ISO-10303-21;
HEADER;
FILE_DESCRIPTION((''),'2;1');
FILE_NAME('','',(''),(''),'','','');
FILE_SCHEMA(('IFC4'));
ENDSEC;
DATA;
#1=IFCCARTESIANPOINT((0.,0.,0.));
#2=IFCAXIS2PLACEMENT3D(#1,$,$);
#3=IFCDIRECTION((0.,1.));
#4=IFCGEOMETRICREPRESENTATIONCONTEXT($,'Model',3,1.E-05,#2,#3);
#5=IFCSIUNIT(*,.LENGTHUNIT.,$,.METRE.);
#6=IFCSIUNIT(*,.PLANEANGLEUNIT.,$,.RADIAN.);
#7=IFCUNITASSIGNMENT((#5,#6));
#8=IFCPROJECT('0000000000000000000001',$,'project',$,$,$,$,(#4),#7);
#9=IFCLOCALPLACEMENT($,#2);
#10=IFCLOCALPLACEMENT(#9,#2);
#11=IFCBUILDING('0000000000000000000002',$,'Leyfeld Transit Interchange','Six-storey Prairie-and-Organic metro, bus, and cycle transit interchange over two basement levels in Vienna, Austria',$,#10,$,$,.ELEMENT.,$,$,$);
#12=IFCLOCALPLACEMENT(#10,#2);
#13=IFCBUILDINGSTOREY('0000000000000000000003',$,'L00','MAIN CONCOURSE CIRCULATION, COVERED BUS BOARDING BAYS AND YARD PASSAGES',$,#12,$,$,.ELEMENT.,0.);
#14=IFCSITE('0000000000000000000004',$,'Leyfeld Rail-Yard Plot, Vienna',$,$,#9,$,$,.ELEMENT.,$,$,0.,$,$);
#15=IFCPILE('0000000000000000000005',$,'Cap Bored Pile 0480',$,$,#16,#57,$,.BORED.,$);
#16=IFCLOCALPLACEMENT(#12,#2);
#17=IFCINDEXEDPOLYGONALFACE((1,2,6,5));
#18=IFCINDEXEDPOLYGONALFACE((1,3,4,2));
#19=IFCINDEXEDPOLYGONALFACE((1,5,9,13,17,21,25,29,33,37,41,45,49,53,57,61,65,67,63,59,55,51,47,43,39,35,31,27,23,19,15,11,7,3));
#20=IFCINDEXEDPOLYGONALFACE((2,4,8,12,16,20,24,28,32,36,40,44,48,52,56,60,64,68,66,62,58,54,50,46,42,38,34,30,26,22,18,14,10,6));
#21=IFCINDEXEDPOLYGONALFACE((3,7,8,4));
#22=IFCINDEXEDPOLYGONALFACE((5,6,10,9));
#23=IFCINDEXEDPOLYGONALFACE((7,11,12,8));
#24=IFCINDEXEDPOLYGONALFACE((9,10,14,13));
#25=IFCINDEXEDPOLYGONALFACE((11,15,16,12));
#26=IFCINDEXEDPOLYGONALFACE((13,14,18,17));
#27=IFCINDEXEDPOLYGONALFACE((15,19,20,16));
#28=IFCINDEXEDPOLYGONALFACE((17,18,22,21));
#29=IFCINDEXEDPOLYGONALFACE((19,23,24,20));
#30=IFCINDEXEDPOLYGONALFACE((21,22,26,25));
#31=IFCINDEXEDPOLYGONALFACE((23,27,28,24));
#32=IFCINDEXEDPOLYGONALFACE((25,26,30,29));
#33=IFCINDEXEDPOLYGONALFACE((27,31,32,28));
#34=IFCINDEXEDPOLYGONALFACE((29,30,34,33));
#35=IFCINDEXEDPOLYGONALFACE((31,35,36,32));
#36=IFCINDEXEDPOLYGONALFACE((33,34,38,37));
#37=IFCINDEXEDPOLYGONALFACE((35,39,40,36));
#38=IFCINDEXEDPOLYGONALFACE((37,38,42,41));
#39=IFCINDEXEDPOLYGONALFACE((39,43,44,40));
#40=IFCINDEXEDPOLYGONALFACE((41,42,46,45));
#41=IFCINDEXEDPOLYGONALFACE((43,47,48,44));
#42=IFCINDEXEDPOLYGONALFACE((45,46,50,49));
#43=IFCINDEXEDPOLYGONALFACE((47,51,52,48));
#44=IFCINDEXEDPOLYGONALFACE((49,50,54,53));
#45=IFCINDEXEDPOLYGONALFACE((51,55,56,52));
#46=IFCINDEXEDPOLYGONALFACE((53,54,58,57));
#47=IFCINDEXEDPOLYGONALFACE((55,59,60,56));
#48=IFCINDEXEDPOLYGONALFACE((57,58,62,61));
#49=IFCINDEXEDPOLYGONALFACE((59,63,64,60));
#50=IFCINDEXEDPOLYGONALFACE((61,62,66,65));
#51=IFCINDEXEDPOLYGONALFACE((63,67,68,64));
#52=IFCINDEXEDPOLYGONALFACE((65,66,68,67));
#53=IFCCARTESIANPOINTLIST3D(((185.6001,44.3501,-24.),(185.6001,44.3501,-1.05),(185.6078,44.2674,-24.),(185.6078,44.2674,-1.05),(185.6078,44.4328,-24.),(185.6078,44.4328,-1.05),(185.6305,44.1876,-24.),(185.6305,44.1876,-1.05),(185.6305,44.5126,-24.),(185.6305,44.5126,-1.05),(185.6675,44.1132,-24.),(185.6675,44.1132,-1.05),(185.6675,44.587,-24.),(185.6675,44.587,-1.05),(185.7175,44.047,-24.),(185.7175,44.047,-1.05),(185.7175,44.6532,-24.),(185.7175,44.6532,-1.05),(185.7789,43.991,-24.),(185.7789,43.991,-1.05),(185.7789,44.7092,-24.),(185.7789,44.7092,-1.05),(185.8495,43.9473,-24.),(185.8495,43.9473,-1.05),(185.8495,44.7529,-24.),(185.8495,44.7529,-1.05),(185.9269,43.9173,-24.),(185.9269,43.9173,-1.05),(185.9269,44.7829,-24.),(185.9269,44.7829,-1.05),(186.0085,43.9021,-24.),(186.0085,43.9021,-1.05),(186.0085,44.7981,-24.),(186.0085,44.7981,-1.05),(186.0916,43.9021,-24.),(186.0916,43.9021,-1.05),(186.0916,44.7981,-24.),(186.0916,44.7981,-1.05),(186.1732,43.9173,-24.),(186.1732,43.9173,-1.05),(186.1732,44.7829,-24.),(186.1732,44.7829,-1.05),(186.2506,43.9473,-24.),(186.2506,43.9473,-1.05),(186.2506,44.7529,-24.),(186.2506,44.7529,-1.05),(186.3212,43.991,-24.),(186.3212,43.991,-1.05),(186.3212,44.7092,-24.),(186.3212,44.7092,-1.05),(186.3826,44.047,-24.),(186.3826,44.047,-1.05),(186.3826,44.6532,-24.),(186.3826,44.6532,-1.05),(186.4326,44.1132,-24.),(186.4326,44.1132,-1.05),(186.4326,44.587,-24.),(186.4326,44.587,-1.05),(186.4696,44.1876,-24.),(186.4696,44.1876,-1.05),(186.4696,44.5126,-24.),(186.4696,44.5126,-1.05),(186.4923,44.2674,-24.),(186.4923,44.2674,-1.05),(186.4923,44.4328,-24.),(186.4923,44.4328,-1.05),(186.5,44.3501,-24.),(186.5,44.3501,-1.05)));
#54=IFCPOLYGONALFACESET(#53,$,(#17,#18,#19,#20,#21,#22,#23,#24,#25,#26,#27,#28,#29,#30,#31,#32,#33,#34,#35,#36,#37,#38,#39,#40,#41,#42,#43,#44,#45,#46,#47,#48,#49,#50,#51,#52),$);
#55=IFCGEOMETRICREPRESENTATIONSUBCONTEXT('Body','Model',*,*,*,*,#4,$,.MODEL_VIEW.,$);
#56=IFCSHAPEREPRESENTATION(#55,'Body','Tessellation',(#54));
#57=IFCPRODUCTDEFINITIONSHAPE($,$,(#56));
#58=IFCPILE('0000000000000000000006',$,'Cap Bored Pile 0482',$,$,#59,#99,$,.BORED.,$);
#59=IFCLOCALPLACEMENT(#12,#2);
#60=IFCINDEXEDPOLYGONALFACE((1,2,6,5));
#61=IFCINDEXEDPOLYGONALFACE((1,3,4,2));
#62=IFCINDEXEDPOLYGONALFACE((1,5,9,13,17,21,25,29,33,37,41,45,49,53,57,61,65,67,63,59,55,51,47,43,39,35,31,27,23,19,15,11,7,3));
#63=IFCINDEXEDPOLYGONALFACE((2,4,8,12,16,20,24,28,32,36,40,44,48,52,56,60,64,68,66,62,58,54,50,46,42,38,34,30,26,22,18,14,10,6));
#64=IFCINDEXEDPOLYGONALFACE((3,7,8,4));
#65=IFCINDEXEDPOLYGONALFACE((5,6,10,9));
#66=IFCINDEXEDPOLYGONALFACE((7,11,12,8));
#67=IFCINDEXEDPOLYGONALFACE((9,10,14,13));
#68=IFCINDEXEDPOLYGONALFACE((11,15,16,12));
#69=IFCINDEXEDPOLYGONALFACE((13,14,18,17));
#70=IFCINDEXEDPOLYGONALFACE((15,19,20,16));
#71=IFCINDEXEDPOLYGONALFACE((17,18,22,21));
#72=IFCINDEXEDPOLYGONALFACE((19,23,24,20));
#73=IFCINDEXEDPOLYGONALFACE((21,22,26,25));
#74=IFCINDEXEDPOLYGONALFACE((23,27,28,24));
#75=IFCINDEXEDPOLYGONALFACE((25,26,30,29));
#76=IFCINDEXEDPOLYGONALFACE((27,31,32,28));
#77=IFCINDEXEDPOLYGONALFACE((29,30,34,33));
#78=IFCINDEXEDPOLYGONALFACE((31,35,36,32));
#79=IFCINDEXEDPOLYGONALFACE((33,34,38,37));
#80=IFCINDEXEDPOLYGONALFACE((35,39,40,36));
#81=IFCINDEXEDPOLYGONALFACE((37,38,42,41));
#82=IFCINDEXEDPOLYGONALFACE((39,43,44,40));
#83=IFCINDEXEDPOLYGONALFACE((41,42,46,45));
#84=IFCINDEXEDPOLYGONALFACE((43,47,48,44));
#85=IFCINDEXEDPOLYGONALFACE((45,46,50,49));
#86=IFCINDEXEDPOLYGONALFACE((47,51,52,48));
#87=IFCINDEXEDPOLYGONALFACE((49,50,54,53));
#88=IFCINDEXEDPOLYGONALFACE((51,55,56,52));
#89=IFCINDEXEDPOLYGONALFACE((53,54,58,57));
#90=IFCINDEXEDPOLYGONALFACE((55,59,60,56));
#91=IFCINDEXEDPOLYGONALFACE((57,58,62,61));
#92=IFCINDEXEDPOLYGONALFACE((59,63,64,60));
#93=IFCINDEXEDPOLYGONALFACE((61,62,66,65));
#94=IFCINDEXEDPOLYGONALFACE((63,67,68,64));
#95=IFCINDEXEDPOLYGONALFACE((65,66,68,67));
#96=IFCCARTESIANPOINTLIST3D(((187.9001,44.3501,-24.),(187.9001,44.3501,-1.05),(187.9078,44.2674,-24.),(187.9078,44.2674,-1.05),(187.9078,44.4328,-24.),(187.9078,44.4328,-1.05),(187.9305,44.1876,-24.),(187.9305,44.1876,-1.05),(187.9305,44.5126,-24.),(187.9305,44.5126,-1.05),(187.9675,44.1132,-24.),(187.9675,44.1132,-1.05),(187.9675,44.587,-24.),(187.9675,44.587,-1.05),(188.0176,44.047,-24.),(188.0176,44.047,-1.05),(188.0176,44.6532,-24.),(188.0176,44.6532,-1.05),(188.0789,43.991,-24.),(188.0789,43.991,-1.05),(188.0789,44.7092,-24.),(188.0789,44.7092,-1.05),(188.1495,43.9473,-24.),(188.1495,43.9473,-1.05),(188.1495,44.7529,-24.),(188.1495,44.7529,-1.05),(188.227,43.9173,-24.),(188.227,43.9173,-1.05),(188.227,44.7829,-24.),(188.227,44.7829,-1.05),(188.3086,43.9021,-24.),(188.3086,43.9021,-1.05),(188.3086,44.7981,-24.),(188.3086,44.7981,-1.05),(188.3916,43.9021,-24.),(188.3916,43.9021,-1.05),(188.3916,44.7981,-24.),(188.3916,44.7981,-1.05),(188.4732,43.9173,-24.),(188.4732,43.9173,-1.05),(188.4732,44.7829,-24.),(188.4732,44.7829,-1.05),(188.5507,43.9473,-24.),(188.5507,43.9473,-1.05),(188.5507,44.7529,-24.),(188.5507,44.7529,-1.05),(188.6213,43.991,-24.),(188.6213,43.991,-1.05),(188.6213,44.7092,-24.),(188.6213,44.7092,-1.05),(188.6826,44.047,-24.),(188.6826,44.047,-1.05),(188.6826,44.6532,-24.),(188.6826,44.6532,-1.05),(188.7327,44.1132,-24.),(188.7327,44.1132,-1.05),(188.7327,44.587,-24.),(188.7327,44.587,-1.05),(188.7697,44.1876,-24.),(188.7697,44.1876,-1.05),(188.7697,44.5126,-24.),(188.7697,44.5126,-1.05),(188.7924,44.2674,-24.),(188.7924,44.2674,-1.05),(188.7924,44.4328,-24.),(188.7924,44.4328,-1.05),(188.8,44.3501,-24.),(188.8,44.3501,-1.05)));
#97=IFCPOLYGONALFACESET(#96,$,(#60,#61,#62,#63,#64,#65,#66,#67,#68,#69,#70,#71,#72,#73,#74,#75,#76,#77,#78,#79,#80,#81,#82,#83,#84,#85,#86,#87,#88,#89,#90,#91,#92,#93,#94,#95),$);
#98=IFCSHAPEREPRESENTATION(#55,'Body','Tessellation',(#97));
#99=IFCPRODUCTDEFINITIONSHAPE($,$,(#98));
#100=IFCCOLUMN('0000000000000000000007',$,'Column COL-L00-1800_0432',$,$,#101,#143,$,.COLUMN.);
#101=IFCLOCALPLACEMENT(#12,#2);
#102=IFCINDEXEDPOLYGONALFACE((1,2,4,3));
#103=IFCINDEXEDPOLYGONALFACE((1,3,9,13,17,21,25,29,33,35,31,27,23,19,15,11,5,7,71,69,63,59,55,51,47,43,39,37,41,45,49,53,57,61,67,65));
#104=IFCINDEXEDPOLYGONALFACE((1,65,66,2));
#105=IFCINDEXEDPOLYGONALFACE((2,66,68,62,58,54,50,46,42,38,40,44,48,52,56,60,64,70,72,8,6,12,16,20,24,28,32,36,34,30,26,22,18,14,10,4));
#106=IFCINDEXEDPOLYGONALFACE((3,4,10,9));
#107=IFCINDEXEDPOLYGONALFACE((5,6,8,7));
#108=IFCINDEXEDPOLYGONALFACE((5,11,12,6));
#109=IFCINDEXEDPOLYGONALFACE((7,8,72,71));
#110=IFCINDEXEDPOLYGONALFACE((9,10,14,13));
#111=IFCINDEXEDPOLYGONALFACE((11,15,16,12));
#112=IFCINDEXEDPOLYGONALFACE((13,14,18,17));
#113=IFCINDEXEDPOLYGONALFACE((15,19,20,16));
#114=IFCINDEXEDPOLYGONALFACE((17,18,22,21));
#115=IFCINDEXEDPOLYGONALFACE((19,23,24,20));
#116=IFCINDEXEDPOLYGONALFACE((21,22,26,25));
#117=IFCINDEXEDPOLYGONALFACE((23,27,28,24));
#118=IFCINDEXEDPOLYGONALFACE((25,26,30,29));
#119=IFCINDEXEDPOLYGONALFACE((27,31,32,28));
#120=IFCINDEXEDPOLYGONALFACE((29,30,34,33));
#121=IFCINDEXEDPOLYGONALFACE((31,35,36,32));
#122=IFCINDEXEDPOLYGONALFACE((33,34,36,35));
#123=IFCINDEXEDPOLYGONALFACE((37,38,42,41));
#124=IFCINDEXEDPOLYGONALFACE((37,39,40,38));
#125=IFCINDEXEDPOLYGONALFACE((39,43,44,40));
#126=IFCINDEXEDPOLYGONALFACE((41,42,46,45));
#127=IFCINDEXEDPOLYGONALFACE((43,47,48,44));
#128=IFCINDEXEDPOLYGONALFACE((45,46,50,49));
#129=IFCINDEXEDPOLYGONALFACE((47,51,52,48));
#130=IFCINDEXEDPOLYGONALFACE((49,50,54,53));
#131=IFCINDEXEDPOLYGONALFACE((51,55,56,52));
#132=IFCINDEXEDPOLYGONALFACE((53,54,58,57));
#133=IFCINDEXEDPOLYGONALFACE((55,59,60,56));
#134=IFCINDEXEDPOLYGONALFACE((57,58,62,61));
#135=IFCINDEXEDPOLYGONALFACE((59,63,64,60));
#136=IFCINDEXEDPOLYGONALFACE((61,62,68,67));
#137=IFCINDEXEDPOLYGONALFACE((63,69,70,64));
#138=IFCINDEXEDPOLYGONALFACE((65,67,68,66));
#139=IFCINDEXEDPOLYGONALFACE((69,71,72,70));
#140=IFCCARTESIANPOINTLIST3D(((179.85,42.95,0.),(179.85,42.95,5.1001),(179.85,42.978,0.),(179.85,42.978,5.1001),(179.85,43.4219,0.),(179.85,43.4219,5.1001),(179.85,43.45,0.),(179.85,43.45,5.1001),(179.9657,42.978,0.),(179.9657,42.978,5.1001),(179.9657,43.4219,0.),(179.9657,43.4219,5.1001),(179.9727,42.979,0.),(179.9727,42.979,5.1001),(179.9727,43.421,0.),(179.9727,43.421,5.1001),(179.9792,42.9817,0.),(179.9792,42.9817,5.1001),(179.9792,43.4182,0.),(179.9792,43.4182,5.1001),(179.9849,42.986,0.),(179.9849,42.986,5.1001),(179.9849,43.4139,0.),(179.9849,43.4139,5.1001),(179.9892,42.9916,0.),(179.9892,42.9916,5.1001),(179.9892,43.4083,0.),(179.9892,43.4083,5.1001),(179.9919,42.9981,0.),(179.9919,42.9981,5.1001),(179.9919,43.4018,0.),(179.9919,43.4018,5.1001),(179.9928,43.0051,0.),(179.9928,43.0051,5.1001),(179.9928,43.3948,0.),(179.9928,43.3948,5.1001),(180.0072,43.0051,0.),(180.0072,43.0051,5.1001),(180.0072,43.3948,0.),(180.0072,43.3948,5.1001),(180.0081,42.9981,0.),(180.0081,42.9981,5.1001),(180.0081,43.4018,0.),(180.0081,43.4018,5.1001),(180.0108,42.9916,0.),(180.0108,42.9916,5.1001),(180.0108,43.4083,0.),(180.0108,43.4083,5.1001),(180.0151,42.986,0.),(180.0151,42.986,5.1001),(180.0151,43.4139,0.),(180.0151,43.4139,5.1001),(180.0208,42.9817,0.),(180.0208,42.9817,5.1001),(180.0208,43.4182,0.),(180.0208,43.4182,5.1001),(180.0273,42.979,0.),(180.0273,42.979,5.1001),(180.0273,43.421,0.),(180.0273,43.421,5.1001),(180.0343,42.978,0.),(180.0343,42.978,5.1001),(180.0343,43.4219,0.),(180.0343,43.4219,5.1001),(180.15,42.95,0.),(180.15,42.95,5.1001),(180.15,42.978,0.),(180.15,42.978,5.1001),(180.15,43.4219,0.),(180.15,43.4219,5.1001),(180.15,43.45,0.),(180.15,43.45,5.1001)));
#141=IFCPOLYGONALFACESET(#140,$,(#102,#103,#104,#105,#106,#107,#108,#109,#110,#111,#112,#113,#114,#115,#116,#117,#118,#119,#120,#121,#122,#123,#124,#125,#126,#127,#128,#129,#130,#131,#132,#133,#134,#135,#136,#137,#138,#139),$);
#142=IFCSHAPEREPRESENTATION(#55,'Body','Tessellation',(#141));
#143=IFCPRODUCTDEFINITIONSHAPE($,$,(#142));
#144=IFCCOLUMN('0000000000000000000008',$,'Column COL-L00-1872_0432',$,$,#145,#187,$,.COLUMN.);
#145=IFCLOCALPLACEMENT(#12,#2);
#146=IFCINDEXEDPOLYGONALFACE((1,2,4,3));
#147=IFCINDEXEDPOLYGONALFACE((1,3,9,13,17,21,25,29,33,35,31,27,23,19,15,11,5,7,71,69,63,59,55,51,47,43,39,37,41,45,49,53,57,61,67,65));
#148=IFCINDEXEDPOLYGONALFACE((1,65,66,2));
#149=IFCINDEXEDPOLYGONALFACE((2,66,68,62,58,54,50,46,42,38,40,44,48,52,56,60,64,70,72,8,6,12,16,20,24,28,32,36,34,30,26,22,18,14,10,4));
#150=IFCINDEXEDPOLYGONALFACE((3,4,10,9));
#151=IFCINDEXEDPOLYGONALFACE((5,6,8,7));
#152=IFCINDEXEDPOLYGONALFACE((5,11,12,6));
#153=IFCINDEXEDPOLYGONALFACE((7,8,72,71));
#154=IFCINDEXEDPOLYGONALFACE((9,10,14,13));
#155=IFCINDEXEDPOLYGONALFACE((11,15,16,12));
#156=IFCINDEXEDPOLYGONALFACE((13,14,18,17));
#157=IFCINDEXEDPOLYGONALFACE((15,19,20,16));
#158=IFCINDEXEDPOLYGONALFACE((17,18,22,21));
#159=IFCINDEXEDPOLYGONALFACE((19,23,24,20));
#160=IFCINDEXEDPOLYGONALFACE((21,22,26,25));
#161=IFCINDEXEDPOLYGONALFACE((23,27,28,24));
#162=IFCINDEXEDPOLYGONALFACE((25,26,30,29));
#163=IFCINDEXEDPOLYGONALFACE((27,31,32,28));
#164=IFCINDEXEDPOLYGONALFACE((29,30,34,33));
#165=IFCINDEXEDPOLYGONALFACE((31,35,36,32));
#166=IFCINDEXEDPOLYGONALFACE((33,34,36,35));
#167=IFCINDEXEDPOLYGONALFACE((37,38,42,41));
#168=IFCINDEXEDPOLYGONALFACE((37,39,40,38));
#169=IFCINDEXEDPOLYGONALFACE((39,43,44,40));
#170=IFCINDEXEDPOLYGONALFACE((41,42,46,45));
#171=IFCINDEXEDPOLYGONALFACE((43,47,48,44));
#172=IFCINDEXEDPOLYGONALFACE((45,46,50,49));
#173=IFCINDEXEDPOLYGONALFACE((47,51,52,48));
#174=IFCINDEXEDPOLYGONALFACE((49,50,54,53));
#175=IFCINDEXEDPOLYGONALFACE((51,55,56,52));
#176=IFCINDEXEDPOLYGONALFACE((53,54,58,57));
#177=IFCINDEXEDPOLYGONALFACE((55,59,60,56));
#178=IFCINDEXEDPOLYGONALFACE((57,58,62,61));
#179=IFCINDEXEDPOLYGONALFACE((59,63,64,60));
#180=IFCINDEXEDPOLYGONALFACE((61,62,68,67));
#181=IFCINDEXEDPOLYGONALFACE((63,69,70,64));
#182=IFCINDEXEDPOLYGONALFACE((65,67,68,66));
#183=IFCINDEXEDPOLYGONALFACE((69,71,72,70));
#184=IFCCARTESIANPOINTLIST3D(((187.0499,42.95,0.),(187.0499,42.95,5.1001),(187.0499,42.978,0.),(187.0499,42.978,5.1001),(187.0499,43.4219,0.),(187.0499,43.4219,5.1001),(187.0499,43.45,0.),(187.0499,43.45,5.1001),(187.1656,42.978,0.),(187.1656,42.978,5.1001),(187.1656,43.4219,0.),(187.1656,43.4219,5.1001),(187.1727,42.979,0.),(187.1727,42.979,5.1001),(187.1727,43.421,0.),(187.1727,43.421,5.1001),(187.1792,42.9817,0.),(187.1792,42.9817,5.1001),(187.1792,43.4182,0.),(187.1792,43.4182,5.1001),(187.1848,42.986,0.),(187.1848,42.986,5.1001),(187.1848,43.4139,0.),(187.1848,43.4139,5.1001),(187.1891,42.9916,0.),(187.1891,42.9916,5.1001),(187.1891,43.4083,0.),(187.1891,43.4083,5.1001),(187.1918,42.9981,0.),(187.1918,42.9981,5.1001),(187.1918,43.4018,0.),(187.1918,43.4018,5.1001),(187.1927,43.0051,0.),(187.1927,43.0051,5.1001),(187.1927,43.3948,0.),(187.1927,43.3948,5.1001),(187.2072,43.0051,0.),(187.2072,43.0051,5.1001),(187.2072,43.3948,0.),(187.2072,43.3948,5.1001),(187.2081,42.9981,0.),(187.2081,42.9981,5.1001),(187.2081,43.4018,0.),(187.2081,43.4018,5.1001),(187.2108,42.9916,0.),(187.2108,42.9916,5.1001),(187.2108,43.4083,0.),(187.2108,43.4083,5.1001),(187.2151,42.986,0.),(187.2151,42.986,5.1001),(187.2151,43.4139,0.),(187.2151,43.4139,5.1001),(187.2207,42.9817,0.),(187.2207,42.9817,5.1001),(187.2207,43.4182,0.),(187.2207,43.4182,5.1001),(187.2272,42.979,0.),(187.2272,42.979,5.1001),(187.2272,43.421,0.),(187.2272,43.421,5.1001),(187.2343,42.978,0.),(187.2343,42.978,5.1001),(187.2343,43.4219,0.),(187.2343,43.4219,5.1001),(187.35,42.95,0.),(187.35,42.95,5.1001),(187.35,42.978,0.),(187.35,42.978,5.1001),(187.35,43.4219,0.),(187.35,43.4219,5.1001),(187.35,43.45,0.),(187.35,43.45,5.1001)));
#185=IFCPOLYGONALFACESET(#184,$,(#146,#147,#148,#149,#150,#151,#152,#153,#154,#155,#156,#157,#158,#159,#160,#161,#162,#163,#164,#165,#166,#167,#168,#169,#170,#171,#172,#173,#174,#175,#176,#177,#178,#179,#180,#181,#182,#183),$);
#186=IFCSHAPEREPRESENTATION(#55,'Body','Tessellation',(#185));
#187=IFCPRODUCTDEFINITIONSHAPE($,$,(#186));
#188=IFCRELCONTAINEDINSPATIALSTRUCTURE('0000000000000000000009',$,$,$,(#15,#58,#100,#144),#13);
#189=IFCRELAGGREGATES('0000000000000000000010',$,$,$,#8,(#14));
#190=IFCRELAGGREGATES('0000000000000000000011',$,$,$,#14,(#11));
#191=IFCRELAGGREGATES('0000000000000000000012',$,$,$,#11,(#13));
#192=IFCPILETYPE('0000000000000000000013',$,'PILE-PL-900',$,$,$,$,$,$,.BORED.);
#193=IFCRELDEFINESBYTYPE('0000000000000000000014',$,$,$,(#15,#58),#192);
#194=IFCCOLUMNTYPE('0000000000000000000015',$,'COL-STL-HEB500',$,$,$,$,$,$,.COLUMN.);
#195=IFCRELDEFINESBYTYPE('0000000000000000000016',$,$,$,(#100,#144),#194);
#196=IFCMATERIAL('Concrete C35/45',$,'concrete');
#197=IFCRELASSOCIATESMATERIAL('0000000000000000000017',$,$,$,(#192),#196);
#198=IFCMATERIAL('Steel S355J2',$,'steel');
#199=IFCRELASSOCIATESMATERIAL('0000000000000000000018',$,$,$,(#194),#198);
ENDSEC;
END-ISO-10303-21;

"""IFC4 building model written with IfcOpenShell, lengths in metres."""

from ifc_helpers import new_model, si_unit, direction, frame, origin, origin_2d, place, context, subcontext, project, spatial, circle, i_section, extrude, material, material_profile, profile_set, type_object, element, save


model = new_model("IFC4")

# Units and contexts
model_context = context("Model", 3, precision=1e-05, world=origin(), true_north=direction((0.0, 1.0)))
body_context = subcontext(model_context, "Body", "Model", "MODEL_VIEW")
ifc_project = project(units=[si_unit("LENGTHUNIT", "METRE"), si_unit("PLANEANGLEUNIT", "RADIAN")], contexts=[model_context])

# Site, building, storey
site_placement = place(None, origin())
site = spatial("IfcSite", under=ifc_project, at=site_placement, Name="Leyfeld Rail-Yard Plot, Vienna", CompositionType="ELEMENT", RefElevation=0.0)
building_placement = place(site_placement, origin())
building = spatial("IfcBuilding", under=site, at=building_placement, Name="Leyfeld Transit Interchange", Description="Six-storey Prairie-and-Organic metro, bus, and cycle transit interchange over two basement levels in Vienna, Austria", CompositionType="ELEMENT")
storey_placement = place(building_placement, origin())
storey = spatial("IfcBuildingStorey", under=building, at=storey_placement, Name="L00", Description="MAIN CONCOURSE CIRCULATION, COVERED BUS BOARDING BAYS AND YARD PASSAGES", CompositionType="ELEMENT", Elevation=0.0)

# Shared definitions
ifc_material_1 = material(Name="Concrete C35/45", Category="concrete")

# Piles
ifc_material_profile_1 = material_profile(ifc_material_1, circle(Radius=0.45, at=origin_2d()), Name="PILE D900")
ifc_profile_set_1 = profile_set([ifc_material_profile_1], Name="Concrete C35/45")
pile_type = type_object("IfcPileType", Name="PILE-PL-900", PredefinedType="BORED", material=ifc_profile_set_1)
for number, where, z_axis, x_axis, name in (
    (1, (186.05, 44.3501, -1.05), (0.0, 0.0, -1.0), (1.0, 0.0, 0.0), "Cap Bored Pile 0480"),
    (2, (188.3501, 44.3501, -1.05), (0.0, 0.0, -1.0), (1.0, 0.0, 0.0), "Cap Bored Pile 0482"),
):
    element("IfcPile", number, at=place(storey_placement, frame(where, z_axis=z_axis, x_axis=x_axis)), inside=storey, type_object=pile_type, Name=name, PredefinedType="BORED", context=body_context, shape_type="SweptSolid", body=[
        extrude(circle(Radius=0.45, at=origin_2d()), origin(), (0.0, 0.0, 1.0), 22.95),
    ])

# Columns
ifc_material_2 = material(Name="Steel S355J2", Category="steel")
ifc_material_profile_2 = material_profile(ifc_material_2, i_section(OverallWidth=0.3, OverallDepth=0.5, WebThickness=0.0144, FlangeThickness=0.0281, FilletRadius=0.0271, at=origin_2d()), Name="HEB 500")
ifc_profile_set_2 = profile_set([ifc_material_profile_2], Name="Steel S355J2")
column_type = type_object("IfcColumnType", Name="COL-STL-HEB500", PredefinedType="COLUMN", material=ifc_profile_set_2)
for number, where, z_axis, x_axis, name in (
    (3, (180.0, 43.2, 0.0), (0.0, 0.0, 1.0), (1.0, 0.0, 0.0), "Column COL-L00-1800_0432"),
    (4, (187.2, 43.2, 0.0), (0.0, 0.0, 1.0), (1.0, 0.0, 0.0), "Column COL-L00-1872_0432"),
):
    element("IfcColumn", number, at=place(storey_placement, frame(where, z_axis=z_axis, x_axis=x_axis)), inside=storey, type_object=column_type, Name=name, PredefinedType="COLUMN", context=body_context, shape_type="SweptSolid", body=[
        extrude(i_section(OverallWidth=0.3, OverallDepth=0.5, WebThickness=0.0144, FlangeThickness=0.0281, FilletRadius=0.0271, at=origin_2d()), origin(), (0.0, 0.0, 1.0), 5.1001),
    ])

save(model, "model.ifc")
